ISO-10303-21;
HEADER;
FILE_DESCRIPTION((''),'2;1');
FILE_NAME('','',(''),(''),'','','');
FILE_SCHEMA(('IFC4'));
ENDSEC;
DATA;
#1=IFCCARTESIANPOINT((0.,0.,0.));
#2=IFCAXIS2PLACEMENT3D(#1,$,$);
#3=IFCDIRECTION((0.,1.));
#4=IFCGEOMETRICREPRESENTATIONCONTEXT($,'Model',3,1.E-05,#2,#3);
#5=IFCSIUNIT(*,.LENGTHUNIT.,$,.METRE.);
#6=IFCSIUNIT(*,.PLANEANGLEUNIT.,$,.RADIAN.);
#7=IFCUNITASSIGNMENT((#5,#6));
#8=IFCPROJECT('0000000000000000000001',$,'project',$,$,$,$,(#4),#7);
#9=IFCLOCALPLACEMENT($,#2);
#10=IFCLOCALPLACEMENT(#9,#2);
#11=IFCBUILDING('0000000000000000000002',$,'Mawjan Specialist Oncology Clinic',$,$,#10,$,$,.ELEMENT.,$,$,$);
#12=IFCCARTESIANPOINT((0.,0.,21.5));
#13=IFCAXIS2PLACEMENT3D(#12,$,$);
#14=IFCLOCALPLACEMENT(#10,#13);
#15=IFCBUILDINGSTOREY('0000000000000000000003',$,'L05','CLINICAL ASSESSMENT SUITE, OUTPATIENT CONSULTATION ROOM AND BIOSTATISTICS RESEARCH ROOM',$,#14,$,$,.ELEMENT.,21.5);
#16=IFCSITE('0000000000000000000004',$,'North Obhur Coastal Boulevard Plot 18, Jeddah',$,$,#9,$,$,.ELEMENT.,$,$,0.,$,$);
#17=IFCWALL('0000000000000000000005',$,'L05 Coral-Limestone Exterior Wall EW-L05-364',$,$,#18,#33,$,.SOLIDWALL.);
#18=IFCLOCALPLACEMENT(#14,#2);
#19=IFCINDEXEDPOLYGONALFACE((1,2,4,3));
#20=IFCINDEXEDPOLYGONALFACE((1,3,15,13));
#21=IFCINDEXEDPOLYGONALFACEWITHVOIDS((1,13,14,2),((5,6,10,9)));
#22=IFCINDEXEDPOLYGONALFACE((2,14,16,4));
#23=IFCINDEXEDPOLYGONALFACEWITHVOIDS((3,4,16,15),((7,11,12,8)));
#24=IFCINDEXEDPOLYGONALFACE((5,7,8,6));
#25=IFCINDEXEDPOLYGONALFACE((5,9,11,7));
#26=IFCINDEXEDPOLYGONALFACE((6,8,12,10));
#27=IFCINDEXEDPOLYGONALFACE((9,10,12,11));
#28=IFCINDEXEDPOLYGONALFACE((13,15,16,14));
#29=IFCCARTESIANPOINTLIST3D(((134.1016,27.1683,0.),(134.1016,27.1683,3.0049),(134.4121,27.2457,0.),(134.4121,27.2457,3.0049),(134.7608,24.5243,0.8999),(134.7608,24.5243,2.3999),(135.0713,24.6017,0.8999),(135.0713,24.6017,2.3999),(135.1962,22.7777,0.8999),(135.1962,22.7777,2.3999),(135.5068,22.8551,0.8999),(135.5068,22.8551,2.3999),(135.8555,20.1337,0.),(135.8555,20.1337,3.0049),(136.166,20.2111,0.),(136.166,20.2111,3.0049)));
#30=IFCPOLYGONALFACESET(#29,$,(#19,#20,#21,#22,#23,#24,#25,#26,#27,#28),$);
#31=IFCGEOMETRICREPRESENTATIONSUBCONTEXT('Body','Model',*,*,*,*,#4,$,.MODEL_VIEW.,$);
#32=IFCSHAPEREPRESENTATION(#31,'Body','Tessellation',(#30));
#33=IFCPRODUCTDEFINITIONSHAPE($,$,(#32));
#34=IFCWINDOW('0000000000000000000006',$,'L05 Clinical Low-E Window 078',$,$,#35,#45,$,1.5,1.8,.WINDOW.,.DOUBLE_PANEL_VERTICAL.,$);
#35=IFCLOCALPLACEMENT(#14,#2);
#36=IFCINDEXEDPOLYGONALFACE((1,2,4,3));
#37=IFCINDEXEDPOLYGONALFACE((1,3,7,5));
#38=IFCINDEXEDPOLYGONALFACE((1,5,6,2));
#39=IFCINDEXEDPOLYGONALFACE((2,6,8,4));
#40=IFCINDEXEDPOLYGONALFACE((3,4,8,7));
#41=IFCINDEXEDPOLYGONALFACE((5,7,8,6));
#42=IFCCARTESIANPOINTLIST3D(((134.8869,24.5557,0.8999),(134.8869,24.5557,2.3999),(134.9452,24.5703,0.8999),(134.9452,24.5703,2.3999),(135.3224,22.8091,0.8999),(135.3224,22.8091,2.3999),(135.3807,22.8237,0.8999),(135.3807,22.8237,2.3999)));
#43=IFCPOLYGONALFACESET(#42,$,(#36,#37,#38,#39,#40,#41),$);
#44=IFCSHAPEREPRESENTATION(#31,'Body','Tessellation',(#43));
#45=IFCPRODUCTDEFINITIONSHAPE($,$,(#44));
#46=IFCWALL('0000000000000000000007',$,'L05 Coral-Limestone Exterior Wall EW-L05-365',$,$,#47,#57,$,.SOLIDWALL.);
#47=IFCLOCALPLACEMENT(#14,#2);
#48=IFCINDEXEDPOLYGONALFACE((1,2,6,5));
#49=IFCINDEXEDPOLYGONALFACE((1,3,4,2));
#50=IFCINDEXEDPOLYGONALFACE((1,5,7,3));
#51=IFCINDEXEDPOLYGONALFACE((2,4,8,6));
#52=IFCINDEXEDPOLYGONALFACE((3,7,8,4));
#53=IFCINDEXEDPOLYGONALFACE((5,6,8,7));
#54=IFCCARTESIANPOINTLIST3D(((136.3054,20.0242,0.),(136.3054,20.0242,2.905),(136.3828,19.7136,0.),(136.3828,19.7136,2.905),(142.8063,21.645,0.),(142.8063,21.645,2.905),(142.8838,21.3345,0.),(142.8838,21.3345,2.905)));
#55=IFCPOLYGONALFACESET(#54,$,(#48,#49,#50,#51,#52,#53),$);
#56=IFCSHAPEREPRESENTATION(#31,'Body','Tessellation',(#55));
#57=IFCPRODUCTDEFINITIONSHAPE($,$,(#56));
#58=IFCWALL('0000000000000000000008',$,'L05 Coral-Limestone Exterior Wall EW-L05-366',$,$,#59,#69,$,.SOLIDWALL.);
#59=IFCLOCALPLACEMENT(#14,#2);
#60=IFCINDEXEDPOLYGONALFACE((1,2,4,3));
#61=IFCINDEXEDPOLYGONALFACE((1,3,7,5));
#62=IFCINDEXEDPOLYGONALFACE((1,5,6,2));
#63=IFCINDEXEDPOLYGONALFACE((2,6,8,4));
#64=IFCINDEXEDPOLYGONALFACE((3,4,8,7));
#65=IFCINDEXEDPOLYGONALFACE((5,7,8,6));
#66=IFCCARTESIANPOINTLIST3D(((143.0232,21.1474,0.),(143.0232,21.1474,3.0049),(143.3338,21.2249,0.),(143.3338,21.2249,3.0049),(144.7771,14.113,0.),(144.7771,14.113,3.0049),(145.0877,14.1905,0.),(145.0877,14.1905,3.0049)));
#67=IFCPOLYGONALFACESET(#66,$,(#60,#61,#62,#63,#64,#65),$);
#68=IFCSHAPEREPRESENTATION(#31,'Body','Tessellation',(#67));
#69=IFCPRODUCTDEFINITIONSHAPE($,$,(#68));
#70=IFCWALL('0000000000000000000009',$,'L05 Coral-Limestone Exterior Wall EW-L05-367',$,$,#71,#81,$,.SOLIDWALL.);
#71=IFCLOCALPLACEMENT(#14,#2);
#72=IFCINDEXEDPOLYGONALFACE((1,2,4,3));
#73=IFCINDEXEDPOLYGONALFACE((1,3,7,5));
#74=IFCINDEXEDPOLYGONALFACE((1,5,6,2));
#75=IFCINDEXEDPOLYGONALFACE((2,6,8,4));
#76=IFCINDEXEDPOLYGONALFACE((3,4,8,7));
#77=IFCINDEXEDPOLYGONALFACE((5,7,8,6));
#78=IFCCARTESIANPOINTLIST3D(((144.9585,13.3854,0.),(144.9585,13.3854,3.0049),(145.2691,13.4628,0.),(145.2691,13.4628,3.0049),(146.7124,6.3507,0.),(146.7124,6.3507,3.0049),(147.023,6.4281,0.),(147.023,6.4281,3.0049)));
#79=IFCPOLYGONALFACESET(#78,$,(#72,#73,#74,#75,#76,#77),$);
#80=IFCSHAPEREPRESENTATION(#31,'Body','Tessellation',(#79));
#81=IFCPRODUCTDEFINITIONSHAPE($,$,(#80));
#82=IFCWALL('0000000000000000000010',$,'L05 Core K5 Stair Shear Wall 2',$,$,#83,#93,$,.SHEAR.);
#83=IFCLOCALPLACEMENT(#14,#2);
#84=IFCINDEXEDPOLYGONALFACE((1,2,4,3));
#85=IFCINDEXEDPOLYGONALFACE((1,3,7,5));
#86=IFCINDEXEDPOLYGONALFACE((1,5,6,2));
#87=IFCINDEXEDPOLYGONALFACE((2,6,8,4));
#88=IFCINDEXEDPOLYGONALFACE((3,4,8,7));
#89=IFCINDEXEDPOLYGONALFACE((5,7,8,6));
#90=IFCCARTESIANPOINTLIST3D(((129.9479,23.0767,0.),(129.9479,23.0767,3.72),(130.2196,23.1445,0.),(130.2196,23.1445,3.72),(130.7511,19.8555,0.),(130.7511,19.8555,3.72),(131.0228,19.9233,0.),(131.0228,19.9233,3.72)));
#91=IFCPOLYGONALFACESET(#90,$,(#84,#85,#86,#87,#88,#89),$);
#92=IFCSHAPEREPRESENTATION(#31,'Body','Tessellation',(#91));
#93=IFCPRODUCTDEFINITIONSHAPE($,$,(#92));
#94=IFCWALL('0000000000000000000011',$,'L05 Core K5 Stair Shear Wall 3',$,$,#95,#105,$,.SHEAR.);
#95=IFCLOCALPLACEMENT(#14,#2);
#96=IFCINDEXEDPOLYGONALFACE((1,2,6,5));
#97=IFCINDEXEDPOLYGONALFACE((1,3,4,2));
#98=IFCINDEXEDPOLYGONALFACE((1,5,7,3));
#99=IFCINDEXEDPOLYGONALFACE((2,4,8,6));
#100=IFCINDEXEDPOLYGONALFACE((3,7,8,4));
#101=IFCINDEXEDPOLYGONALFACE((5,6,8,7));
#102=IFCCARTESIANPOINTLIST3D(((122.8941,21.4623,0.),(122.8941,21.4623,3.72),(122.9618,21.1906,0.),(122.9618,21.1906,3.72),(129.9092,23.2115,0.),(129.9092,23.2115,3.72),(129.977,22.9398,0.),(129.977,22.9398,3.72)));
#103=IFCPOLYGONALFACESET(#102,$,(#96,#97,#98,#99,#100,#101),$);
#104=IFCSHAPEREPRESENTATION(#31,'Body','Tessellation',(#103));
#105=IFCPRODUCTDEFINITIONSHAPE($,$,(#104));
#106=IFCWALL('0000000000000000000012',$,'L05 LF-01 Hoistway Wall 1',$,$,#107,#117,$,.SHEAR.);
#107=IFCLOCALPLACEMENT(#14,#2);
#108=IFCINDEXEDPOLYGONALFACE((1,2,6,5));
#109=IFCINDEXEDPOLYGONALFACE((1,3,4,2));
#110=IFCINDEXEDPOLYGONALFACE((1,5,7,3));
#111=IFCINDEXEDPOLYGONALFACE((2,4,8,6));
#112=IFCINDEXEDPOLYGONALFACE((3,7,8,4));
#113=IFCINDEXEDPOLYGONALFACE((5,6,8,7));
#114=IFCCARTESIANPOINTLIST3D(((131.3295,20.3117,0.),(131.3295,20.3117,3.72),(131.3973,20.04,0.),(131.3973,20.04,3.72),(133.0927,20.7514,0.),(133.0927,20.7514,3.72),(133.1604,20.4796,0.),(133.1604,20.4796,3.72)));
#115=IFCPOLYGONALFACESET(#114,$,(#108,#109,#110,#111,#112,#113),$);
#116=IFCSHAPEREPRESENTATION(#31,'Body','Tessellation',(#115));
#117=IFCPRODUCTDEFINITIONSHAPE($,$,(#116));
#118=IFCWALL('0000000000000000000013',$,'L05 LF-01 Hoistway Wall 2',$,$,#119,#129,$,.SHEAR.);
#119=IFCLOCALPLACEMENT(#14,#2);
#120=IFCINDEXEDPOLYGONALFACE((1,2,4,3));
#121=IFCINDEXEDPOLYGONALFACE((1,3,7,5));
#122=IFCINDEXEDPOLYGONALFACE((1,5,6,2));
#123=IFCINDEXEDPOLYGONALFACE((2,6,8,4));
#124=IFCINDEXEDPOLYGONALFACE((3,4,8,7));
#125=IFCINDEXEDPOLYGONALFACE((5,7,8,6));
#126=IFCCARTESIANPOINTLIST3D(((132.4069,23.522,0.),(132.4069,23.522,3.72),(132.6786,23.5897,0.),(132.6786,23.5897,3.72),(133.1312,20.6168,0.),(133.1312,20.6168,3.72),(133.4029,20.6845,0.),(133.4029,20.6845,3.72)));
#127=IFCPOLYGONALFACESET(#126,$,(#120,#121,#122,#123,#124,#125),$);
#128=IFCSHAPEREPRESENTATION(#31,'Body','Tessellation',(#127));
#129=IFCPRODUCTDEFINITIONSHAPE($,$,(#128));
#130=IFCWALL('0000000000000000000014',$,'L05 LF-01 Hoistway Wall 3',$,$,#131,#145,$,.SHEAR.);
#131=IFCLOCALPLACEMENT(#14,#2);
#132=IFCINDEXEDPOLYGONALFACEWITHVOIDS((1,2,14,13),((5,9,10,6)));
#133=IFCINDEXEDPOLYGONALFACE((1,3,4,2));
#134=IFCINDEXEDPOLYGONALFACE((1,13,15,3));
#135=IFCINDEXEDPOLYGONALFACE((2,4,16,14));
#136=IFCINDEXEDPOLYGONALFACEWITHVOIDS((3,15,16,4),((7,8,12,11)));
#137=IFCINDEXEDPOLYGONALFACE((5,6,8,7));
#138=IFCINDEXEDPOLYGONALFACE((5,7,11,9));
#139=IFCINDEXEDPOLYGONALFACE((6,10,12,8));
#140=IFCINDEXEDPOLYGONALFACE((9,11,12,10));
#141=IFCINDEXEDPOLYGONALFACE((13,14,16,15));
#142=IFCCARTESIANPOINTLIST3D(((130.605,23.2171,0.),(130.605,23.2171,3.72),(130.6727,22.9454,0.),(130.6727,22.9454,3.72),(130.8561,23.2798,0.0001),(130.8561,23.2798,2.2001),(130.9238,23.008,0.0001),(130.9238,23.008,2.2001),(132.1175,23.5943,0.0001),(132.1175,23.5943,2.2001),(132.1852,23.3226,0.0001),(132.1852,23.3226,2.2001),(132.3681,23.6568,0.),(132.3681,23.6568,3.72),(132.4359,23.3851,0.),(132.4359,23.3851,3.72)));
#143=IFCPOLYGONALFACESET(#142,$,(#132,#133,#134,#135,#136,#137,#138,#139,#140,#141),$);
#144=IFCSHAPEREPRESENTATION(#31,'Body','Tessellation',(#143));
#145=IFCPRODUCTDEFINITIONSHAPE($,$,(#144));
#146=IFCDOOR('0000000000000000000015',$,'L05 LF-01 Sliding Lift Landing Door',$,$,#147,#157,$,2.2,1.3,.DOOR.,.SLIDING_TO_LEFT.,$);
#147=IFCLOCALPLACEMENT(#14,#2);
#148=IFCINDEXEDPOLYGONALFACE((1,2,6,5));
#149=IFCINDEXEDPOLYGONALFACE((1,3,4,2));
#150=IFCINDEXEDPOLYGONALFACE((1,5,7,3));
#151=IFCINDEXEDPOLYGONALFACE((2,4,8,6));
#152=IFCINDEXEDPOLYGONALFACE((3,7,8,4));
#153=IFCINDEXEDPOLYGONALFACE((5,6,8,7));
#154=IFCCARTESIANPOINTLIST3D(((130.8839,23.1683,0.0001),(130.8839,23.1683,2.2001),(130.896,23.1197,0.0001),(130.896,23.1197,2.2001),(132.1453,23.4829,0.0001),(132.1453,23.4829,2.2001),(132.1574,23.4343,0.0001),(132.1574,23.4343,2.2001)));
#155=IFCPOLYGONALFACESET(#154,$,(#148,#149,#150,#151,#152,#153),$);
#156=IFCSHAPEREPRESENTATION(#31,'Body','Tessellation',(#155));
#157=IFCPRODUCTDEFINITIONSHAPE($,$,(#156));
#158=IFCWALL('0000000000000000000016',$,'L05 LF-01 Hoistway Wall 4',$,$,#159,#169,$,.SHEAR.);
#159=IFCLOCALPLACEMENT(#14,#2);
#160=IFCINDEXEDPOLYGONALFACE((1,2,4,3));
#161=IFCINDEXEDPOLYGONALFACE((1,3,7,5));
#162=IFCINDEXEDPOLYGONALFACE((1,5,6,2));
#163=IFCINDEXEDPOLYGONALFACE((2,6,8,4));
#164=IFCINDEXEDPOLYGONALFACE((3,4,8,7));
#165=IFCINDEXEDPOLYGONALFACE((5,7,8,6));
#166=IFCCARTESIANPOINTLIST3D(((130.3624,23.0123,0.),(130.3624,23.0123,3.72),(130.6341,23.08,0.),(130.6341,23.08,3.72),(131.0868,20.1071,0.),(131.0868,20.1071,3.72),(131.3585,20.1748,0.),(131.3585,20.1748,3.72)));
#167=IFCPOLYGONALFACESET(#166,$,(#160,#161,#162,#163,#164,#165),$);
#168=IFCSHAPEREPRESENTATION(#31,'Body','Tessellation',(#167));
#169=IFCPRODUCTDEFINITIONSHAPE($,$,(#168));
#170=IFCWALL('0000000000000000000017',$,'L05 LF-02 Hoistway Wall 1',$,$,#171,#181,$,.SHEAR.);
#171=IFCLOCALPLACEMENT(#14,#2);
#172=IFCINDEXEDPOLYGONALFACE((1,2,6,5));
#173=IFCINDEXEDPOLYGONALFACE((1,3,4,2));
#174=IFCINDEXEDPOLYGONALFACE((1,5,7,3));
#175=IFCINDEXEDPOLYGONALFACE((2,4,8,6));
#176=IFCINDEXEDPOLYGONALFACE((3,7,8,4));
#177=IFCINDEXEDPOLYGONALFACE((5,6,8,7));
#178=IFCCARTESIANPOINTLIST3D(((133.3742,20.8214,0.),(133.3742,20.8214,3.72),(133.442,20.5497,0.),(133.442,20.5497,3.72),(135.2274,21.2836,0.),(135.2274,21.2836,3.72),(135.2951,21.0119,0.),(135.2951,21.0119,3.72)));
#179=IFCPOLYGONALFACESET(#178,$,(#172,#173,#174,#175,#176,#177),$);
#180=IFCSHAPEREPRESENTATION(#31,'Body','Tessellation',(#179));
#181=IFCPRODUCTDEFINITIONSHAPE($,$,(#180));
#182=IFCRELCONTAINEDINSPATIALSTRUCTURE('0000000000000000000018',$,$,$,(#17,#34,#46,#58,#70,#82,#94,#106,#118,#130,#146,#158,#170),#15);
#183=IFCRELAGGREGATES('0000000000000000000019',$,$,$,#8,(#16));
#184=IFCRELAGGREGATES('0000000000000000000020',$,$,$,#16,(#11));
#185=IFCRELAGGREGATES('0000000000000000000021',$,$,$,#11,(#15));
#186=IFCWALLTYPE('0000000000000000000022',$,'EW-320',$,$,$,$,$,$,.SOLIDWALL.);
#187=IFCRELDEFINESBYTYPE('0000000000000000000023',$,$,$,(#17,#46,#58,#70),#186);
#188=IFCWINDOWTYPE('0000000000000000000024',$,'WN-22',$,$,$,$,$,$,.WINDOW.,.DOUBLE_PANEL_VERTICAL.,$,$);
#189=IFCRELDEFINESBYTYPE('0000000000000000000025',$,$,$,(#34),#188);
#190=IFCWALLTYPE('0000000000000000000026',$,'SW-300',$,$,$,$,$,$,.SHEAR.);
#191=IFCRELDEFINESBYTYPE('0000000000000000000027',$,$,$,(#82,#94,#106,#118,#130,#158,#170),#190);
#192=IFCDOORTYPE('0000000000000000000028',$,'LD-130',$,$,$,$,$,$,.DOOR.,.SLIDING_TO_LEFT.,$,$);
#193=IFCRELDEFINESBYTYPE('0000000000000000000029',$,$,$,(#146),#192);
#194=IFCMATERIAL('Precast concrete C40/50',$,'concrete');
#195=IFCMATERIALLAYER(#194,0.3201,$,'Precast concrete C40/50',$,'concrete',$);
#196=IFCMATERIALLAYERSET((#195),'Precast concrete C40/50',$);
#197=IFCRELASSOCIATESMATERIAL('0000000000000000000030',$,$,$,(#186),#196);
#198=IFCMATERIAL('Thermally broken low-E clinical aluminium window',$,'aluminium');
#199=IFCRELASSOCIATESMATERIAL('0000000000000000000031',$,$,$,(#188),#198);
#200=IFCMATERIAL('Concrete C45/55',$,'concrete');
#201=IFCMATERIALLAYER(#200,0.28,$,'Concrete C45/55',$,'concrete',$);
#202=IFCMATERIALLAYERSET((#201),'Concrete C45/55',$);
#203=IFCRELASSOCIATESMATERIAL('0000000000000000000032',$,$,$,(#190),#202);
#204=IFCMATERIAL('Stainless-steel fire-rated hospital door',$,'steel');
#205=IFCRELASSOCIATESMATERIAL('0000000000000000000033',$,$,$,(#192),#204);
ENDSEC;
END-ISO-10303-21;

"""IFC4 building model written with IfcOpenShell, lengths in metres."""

from ifc_helpers import new_model, si_unit, direction, frame, frame_2d, origin, place, context, subcontext, project, spatial, rectangle, extrude, material, layer, layer_set, type_object, element, fill, save


model = new_model("IFC4")

# Units and contexts
model_context = context("Model", 3, precision=1e-05, world=origin(), true_north=direction((0.0, 1.0)))
body_context = subcontext(model_context, "Body", "Model", "MODEL_VIEW")
ifc_project = project(units=[si_unit("LENGTHUNIT", "METRE"), si_unit("PLANEANGLEUNIT", "RADIAN")], contexts=[model_context])

# Site, building, storey
site_placement = place(None, origin())
site = spatial("IfcSite", under=ifc_project, at=site_placement, Name="North Obhur Coastal Boulevard Plot 18, Jeddah", CompositionType="ELEMENT", RefElevation=0.0)
building_placement = place(site_placement, origin())
building = spatial("IfcBuilding", under=site, at=building_placement, Name="Mawjan Specialist Oncology Clinic", CompositionType="ELEMENT")
storey_placement = place(building_placement, frame((0.0, 0.0, 21.5)))
storey = spatial("IfcBuildingStorey", under=building, at=storey_placement, Name="L05", Description="CLINICAL ASSESSMENT SUITE, OUTPATIENT CONSULTATION ROOM AND BIOSTATISTICS RESEARCH ROOM", CompositionType="ELEMENT", Elevation=21.5)

# Wall, opening, window
ifc_material_1 = material(Name="Precast concrete C40/50", Category="concrete")
ifc_layer_1 = layer(ifc_material_1, 0.3201, Name="Precast concrete C40/50", Category="concrete")
ifc_layer_set_1 = layer_set([ifc_layer_1], Name="Precast concrete C40/50")
wall_type_1 = type_object("IfcWallType", Name="EW-320", PredefinedType="SOLIDWALL", material=ifc_layer_set_1)
wall_1_placement = place(storey_placement, frame((134.2568, 27.207, 0.0), z_axis=(0.0, 0.0, 1.0), x_axis=(0.241918, -0.970297, 0.0)))
wall_1 = element("IfcWall", 1, at=wall_1_placement, inside=storey, type_object=wall_type_1, Name="L05 Coral-Limestone Exterior Wall EW-L05-364", PredefinedType="SOLIDWALL", context=body_context, shape_type="SweptSolid", body=[
    extrude(rectangle(XDim=7.25, YDim=0.3201, at=frame_2d((3.625, 0.0))), origin(), (0.0, 0.0, 1.0), 3.0049),
])
opening_1_placement = place(wall_1_placement, frame((2.7251, 0.0, 0.8999)))
opening_1 = element("IfcOpeningElement", 2, at=opening_1_placement, cuts=wall_1, PredefinedType="OPENING", context=body_context, shape_type="SweptSolid", body=[
    extrude(rectangle(XDim=1.8, YDim=1.5, at=frame_2d((0.8999, 0.75))), frame((0.0, 0.1721, 0.0), z_axis=(0.0, -1.0, 0.0), x_axis=(1.0, 0.0, 0.0)), (0.0, 0.0, 1.0), 0.344),
])
ifc_material_2 = material(Name="Thermally broken low-E clinical aluminium window", Category="aluminium")
window_type = type_object("IfcWindowType", Name="WN-22", PartitioningType="DOUBLE_PANEL_VERTICAL", PredefinedType="WINDOW", material=ifc_material_2)
window_placement = place(opening_1_placement, origin())
window = element("IfcWindow", 3, at=window_placement, inside=storey, type_object=window_type, Name="L05 Clinical Low-E Window 078", OverallHeight=1.5, OverallWidth=1.8, PartitioningType="DOUBLE_PANEL_VERTICAL", PredefinedType="WINDOW", context=body_context, shape_type="SweptSolid", body=[
    extrude(rectangle(XDim=1.8, YDim=1.5, at=frame_2d((0.8999, 0.75))), frame((0.0, 0.03, 0.0), z_axis=(0.0, -1.0, 0.0), x_axis=(1.0, 0.0, 0.0)), (0.0, 0.0, 1.0), 0.0601),
])
fill(opening_1, window)

# Walls
wall_2_placement = place(storey_placement, frame((136.344, 19.8689, 0.0), z_axis=(0.0, 0.0, 1.0), x_axis=(0.970297, 0.241918, 0.0)))
element("IfcWall", 4, at=wall_2_placement, inside=storey, type_object=wall_type_1, Name="L05 Coral-Limestone Exterior Wall EW-L05-365", PredefinedType="SOLIDWALL", context=body_context, shape_type="SweptSolid", body=[
    extrude(rectangle(XDim=6.7, YDim=0.3201, at=frame_2d((3.3501, 0.0))), origin(), (0.0, 0.0, 1.0), 2.905),
])
wall_3_placement = place(storey_placement, frame((143.1785, 21.1863, 0.0), z_axis=(0.0, 0.0, 1.0), x_axis=(0.241925, -0.970295, 0.0)))
element("IfcWall", 5, at=wall_3_placement, inside=storey, type_object=wall_type_1, Name="L05 Coral-Limestone Exterior Wall EW-L05-366", PredefinedType="SOLIDWALL", context=body_context, shape_type="SweptSolid", body=[
    extrude(rectangle(XDim=7.2498, YDim=0.3201, at=frame_2d((3.625, 0.0))), origin(), (0.0, 0.0, 1.0), 3.0049),
])
wall_4_placement = place(storey_placement, frame((145.1138, 13.4241, 0.0), z_axis=(0.0, 0.0, 1.0), x_axis=(0.241918, -0.970297, 0.0)))
element("IfcWall", 6, at=wall_4_placement, inside=storey, type_object=wall_type_1, Name="L05 Coral-Limestone Exterior Wall EW-L05-367", PredefinedType="SOLIDWALL", context=body_context, shape_type="SweptSolid", body=[
    extrude(rectangle(XDim=7.25, YDim=0.3201, at=frame_2d((3.625, 0.0))), origin(), (0.0, 0.0, 1.0), 3.0049),
])
ifc_material_3 = material(Name="Concrete C45/55", Category="concrete")
ifc_layer_2 = layer(ifc_material_3, 0.28, Name="Concrete C45/55", Category="concrete")
ifc_layer_set_2 = layer_set([ifc_layer_2], Name="Concrete C45/55")
wall_type_2 = type_object("IfcWallType", Name="SW-300", PredefinedType="SHEAR", material=ifc_layer_set_2)
wall_5_placement = place(storey_placement, frame((130.887, 19.8894, 0.0), z_axis=(0.0, 0.0, 1.0), x_axis=(-0.241947, 0.970289, 0.0)))
element("IfcWall", 7, at=wall_5_placement, inside=storey, type_object=wall_type_2, Name="L05 Core K5 Stair Shear Wall 2", PredefinedType="SHEAR", context=body_context, shape_type="SweptSolid", body=[
    extrude(rectangle(XDim=3.3198, YDim=0.28, at=frame_2d((1.6599, 0.0))), origin(), (0.0, 0.0, 1.0), 3.72),
])
wall_6_placement = place(storey_placement, frame((129.9431, 23.0757, 0.0), z_axis=(0.0, 0.0, 1.0), x_axis=(-0.970289, -0.241948, 0.0)))
element("IfcWall", 8, at=wall_6_placement, inside=storey, type_object=wall_type_2, Name="L05 Core K5 Stair Shear Wall 3", PredefinedType="SHEAR", context=body_context, shape_type="SweptSolid", body=[
    extrude(rectangle(XDim=7.23, YDim=0.28, at=frame_2d((3.615, 0.0))), origin(), (0.0, 0.0, 1.0), 3.72),
])
wall_7_placement = place(storey_placement, frame((131.3633, 20.1758, 0.0), z_axis=(0.0, 0.0, 1.0), x_axis=(0.970285, 0.241967, 0.0)))
element("IfcWall", 9, at=wall_7_placement, inside=storey, type_object=wall_type_2, Name="L05 LF-01 Hoistway Wall 1", PredefinedType="SHEAR", context=body_context, shape_type="SweptSolid", body=[
    extrude(rectangle(XDim=1.8171, YDim=0.28, at=frame_2d((0.9087, 0.0))), origin(), (0.0, 0.0, 1.0), 3.72),
])
wall_8_placement = place(storey_placement, frame((133.2671, 20.6506, 0.0), z_axis=(0.0, 0.0, 1.0), x_axis=(-0.241922, 0.970296, 0.0)))
element("IfcWall", 10, at=wall_8_placement, inside=storey, type_object=wall_type_2, Name="L05 LF-01 Hoistway Wall 2", PredefinedType="SHEAR", context=body_context, shape_type="SweptSolid", body=[
    extrude(rectangle(XDim=2.9941, YDim=0.28, at=frame_2d((1.4971, 0.0))), origin(), (0.0, 0.0, 1.0), 3.72),
])

# Wall, opening, door
wall_9_placement = place(storey_placement, frame((132.4021, 23.521, 0.0), z_axis=(0.0, 0.0, 1.0), x_axis=(-0.970285, -0.241967, 0.0)))
wall_9 = element("IfcWall", 11, at=wall_9_placement, inside=storey, type_object=wall_type_2, Name="L05 LF-01 Hoistway Wall 3", PredefinedType="SHEAR", context=body_context, shape_type="SweptSolid", body=[
    extrude(rectangle(XDim=1.8171, YDim=0.28, at=frame_2d((0.9087, 0.0))), origin(), (0.0, 0.0, 1.0), 3.72),
])
opening_2_placement = place(wall_9_placement, frame((0.2585, 0.0, 0.0)))
opening_2 = element("IfcOpeningElement", 12, at=opening_2_placement, cuts=wall_9, PredefinedType="OPENING", context=body_context, shape_type="SweptSolid", body=[
    extrude(rectangle(XDim=1.3, YDim=2.2, at=frame_2d((0.6499, 1.1001))), frame((0.0, 0.1521, 0.0), z_axis=(0.0, -1.0, 0.0), x_axis=(1.0, 0.0, 0.0)), (0.0, 0.0, 1.0), 0.304),
])
ifc_material_4 = material(Name="Stainless-steel fire-rated hospital door", Category="steel")
door_type_1 = type_object("IfcDoorType", Name="LD-130", OperationType="SLIDING_TO_LEFT", PredefinedType="DOOR", material=ifc_material_4)
door_1_placement = place(opening_2_placement, origin())
door_1 = element("IfcDoor", 13, at=door_1_placement, inside=storey, type_object=door_type_1, Name="L05 LF-01 Sliding Lift Landing Door", OperationType="SLIDING_TO_LEFT", OverallHeight=2.2, OverallWidth=1.3, PredefinedType="DOOR", context=body_context, shape_type="SweptSolid", body=[
    extrude(rectangle(XDim=1.3, YDim=2.2, at=frame_2d((0.6499, 1.1001))), frame((0.0, 0.0249, 0.0), z_axis=(0.0, -1.0, 0.0), x_axis=(1.0, 0.0, 0.0)), (0.0, 0.0, 1.0), 0.05),
])
fill(opening_2, door_1)

# Walls
wall_10_placement = place(storey_placement, frame((130.4983, 23.0461, 0.0), z_axis=(0.0, 0.0, 1.0), x_axis=(0.241922, -0.970296, 0.0)))
element("IfcWall", 14, at=wall_10_placement, inside=storey, type_object=wall_type_2, Name="L05 LF-01 Hoistway Wall 4", PredefinedType="SHEAR", context=body_context, shape_type="SweptSolid", body=[
    extrude(rectangle(XDim=2.9941, YDim=0.28, at=frame_2d((1.4971, 0.0))), origin(), (0.0, 0.0, 1.0), 3.72),
])
wall_11_placement = place(storey_placement, frame((133.408, 20.6855, 0.0), z_axis=(0.0, 0.0, 1.0), x_axis=(0.970285, 0.241964, 0.0)))
element("IfcWall", 15, at=wall_11_placement, inside=storey, type_object=wall_type_2, Name="L05 LF-02 Hoistway Wall 1", PredefinedType="SHEAR", context=body_context, shape_type="SweptSolid", body=[
    extrude(rectangle(XDim=1.9099, YDim=0.28, at=frame_2d((0.9551, 0.0))), origin(), (0.0, 0.0, 1.0), 3.72),
])

save(model, "model.ifc")
